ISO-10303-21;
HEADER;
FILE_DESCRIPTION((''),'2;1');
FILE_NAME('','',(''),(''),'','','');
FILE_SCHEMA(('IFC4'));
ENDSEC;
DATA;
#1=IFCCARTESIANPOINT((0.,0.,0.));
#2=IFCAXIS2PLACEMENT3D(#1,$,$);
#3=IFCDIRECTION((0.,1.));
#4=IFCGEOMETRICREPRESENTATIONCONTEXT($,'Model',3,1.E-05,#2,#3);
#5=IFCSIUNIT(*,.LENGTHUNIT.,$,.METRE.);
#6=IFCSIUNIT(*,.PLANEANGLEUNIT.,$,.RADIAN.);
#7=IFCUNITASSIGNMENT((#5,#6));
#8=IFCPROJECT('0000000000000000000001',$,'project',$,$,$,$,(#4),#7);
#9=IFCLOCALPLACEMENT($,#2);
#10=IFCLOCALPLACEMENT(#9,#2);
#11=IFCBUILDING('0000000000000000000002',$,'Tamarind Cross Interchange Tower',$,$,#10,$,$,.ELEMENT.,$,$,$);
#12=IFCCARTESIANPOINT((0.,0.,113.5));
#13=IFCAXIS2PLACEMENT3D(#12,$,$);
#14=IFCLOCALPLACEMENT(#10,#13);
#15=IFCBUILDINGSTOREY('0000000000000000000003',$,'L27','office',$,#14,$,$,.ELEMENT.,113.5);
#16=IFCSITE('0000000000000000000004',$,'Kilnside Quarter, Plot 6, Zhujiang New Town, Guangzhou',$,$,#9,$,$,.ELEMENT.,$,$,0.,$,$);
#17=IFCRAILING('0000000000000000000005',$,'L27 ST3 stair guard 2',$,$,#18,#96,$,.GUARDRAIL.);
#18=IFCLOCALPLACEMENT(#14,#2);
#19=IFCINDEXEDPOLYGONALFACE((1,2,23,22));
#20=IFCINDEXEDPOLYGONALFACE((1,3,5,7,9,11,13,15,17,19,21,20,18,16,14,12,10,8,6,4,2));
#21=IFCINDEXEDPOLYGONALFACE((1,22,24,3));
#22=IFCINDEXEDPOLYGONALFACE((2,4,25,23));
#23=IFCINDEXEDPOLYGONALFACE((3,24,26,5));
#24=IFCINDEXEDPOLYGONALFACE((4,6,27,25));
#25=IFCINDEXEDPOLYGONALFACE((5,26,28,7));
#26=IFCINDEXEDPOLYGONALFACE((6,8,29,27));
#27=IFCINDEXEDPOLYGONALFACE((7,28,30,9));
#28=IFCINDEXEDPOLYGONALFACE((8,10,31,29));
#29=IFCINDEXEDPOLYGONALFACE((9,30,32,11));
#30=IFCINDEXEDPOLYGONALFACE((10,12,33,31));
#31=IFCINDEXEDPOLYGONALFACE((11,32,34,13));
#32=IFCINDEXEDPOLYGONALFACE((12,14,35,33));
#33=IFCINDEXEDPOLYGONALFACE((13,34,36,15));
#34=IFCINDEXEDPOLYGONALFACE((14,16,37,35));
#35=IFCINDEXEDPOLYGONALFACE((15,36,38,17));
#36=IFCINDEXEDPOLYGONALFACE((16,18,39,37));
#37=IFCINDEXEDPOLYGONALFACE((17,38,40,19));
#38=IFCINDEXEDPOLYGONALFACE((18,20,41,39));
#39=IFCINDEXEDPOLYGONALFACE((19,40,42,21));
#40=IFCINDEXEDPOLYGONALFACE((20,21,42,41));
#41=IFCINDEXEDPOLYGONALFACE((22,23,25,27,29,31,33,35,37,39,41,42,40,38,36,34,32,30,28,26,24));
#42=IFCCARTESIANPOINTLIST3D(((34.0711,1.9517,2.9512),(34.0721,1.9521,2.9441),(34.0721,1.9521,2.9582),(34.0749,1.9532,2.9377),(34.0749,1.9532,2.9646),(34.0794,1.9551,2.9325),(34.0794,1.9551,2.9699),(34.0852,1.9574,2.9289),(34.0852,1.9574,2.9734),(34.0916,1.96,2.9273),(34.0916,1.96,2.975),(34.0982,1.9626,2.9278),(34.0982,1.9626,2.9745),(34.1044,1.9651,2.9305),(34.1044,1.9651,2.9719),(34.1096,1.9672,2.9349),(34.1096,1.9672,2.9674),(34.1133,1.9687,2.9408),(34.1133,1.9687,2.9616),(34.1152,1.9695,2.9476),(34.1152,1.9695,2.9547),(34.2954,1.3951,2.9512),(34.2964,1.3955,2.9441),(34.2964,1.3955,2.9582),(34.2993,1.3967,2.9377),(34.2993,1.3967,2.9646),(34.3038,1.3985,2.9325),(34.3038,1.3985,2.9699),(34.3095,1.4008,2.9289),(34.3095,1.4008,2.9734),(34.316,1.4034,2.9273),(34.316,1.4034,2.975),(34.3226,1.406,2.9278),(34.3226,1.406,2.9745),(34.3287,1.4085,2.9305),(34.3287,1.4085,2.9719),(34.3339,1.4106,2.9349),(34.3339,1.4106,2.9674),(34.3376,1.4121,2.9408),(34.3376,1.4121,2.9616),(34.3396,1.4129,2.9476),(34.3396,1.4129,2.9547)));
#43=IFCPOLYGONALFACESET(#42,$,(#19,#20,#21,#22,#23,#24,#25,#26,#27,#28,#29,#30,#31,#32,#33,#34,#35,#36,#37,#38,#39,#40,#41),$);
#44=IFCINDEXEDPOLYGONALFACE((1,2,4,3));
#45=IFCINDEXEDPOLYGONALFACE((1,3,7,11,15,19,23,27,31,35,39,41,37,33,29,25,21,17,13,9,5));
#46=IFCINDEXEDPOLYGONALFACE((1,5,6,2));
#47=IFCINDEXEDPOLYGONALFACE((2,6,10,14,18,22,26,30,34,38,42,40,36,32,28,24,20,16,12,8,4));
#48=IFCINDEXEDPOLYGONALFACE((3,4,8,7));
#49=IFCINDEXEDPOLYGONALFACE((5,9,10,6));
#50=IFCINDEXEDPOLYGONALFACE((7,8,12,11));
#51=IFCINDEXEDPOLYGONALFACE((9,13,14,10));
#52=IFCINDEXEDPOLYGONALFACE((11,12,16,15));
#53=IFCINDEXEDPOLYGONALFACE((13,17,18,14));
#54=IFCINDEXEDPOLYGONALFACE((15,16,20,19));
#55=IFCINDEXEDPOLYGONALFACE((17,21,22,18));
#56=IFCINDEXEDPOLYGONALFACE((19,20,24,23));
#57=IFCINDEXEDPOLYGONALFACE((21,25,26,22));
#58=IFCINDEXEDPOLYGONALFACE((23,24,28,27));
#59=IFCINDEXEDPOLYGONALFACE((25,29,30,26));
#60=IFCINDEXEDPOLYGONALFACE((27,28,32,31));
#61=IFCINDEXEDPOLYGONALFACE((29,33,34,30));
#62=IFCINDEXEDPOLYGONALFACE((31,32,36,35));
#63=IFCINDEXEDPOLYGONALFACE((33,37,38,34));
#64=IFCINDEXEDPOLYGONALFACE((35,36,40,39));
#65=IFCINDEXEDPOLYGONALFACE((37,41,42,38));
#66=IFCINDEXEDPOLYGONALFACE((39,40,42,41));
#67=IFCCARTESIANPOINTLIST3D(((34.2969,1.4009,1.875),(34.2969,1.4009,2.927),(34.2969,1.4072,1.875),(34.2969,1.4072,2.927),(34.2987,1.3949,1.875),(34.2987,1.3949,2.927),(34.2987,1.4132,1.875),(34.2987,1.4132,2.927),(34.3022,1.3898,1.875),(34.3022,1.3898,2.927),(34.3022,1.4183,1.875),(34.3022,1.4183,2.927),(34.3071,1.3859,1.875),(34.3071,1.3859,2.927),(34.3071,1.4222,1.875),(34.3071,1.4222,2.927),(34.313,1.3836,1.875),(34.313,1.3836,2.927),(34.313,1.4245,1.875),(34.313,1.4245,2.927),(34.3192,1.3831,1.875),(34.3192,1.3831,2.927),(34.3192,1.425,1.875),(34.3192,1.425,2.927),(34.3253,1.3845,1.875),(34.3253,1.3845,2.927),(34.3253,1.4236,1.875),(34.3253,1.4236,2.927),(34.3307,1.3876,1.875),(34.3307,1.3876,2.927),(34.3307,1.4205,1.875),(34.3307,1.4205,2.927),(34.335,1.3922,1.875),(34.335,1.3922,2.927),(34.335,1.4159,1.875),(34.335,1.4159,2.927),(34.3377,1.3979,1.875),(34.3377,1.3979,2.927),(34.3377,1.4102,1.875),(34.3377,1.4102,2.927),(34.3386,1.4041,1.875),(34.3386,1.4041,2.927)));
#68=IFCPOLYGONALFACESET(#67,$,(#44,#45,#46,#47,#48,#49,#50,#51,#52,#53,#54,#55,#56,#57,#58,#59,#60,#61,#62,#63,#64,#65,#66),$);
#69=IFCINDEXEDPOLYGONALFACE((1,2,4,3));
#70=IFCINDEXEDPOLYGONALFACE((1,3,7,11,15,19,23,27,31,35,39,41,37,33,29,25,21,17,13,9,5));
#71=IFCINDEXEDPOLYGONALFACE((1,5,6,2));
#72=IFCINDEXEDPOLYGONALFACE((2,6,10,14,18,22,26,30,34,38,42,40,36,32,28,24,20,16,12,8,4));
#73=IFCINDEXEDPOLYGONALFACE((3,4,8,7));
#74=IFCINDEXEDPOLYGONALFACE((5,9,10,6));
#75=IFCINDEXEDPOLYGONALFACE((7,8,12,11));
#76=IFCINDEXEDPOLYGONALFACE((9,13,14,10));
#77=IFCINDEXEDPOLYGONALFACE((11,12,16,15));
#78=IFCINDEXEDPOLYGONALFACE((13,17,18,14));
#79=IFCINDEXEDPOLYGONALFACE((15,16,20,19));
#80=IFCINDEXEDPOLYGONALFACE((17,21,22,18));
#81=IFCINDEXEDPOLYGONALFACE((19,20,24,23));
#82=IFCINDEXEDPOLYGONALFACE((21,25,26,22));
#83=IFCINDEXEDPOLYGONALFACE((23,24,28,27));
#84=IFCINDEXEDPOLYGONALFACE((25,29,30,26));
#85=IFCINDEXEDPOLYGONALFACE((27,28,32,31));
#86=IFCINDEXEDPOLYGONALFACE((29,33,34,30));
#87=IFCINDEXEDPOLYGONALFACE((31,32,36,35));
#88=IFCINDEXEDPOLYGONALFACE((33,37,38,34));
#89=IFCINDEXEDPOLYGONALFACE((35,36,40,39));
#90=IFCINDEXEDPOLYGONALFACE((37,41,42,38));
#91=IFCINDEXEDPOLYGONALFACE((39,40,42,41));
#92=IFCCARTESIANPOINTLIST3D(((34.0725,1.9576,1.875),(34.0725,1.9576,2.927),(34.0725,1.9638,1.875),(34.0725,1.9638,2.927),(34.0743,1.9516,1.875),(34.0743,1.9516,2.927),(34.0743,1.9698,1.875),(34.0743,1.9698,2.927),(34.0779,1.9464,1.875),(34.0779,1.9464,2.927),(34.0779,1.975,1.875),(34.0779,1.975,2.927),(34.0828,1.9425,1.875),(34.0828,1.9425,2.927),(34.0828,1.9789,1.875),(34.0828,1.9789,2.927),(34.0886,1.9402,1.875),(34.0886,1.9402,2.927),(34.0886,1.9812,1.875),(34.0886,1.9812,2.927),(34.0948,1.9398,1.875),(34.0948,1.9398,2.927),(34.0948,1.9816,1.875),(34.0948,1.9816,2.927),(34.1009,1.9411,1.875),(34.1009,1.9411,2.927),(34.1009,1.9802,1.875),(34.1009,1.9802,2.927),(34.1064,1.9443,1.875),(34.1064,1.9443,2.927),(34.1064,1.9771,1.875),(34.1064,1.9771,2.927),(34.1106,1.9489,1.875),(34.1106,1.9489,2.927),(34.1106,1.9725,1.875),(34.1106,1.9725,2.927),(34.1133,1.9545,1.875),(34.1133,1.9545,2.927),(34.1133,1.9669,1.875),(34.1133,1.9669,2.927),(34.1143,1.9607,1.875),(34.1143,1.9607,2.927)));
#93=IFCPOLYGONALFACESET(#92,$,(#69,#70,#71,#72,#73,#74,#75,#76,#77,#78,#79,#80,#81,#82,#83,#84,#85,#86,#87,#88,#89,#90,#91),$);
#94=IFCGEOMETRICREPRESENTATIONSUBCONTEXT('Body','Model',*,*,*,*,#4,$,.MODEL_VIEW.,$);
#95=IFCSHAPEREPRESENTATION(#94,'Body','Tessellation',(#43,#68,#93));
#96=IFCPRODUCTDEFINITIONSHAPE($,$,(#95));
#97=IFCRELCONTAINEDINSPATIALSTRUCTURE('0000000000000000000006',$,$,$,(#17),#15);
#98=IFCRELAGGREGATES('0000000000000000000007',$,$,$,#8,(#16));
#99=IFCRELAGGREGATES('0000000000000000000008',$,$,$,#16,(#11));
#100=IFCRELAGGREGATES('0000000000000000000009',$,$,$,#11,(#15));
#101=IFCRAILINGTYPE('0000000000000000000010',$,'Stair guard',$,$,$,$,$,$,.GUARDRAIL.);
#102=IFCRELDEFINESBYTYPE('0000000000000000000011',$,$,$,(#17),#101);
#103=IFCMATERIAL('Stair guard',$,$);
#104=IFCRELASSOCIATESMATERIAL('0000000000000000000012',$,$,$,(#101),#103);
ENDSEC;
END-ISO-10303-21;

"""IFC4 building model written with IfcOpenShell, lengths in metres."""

from ifc_helpers import new_model, si_unit, direction, frame, origin, origin_2d, place, context, subcontext, project, spatial, circle, extrude, material, type_object, element, save


model = new_model("IFC4")

# Units and contexts
model_context = context("Model", 3, precision=1e-05, world=origin(), true_north=direction((0.0, 1.0)))
body_context = subcontext(model_context, "Body", "Model", "MODEL_VIEW")
ifc_project = project(units=[si_unit("LENGTHUNIT", "METRE"), si_unit("PLANEANGLEUNIT", "RADIAN")], contexts=[model_context])

# Site, building, storey
site_placement = place(None, origin())
site = spatial("IfcSite", under=ifc_project, at=site_placement, Name="Kilnside Quarter, Plot 6, Zhujiang New Town, Guangzhou", CompositionType="ELEMENT", RefElevation=0.0)
building_placement = place(site_placement, origin())
building = spatial("IfcBuilding", under=site, at=building_placement, Name="Tamarind Cross Interchange Tower", CompositionType="ELEMENT")
storey_placement = place(building_placement, frame((0.0, 0.0, 113.5)))
storey = spatial("IfcBuildingStorey", under=building, at=storey_placement, Name="L27", Description="office", CompositionType="ELEMENT", Elevation=113.5)

# Railing
ifc_material_1 = material(Name="Stair guard")
railing_type_1 = type_object("IfcRailingType", Name="Stair guard", PredefinedType="GUARDRAIL", material=ifc_material_1)
railing_1_placement = place(storey_placement, frame((34.3176, 1.4041, 1.875)))
element("IfcRailing", 1, at=railing_1_placement, inside=storey, type_object=railing_type_1, Name="L27 ST3 stair guard 2", PredefinedType="GUARDRAIL", context=body_context, shape_type="SweptSolid", body=[
    extrude(circle(Radius=0.0239, at=origin_2d()), frame((0.0, 0.0, 1.0762), z_axis=(-0.373844, 0.927492, 0.0), x_axis=(-0.927492, -0.373844, 0.0)), (0.0, 0.0, 1.0), 0.6001),
    extrude(circle(Radius=0.021, at=origin_2d()), origin(), (0.0, 0.0, 1.0), 1.052),
    extrude(circle(Radius=0.021, at=origin_2d()), frame((-0.2244, 0.5566, 0.0)), (0.0, 0.0, 1.0), 1.052),
])

save(model, "model.ifc")
